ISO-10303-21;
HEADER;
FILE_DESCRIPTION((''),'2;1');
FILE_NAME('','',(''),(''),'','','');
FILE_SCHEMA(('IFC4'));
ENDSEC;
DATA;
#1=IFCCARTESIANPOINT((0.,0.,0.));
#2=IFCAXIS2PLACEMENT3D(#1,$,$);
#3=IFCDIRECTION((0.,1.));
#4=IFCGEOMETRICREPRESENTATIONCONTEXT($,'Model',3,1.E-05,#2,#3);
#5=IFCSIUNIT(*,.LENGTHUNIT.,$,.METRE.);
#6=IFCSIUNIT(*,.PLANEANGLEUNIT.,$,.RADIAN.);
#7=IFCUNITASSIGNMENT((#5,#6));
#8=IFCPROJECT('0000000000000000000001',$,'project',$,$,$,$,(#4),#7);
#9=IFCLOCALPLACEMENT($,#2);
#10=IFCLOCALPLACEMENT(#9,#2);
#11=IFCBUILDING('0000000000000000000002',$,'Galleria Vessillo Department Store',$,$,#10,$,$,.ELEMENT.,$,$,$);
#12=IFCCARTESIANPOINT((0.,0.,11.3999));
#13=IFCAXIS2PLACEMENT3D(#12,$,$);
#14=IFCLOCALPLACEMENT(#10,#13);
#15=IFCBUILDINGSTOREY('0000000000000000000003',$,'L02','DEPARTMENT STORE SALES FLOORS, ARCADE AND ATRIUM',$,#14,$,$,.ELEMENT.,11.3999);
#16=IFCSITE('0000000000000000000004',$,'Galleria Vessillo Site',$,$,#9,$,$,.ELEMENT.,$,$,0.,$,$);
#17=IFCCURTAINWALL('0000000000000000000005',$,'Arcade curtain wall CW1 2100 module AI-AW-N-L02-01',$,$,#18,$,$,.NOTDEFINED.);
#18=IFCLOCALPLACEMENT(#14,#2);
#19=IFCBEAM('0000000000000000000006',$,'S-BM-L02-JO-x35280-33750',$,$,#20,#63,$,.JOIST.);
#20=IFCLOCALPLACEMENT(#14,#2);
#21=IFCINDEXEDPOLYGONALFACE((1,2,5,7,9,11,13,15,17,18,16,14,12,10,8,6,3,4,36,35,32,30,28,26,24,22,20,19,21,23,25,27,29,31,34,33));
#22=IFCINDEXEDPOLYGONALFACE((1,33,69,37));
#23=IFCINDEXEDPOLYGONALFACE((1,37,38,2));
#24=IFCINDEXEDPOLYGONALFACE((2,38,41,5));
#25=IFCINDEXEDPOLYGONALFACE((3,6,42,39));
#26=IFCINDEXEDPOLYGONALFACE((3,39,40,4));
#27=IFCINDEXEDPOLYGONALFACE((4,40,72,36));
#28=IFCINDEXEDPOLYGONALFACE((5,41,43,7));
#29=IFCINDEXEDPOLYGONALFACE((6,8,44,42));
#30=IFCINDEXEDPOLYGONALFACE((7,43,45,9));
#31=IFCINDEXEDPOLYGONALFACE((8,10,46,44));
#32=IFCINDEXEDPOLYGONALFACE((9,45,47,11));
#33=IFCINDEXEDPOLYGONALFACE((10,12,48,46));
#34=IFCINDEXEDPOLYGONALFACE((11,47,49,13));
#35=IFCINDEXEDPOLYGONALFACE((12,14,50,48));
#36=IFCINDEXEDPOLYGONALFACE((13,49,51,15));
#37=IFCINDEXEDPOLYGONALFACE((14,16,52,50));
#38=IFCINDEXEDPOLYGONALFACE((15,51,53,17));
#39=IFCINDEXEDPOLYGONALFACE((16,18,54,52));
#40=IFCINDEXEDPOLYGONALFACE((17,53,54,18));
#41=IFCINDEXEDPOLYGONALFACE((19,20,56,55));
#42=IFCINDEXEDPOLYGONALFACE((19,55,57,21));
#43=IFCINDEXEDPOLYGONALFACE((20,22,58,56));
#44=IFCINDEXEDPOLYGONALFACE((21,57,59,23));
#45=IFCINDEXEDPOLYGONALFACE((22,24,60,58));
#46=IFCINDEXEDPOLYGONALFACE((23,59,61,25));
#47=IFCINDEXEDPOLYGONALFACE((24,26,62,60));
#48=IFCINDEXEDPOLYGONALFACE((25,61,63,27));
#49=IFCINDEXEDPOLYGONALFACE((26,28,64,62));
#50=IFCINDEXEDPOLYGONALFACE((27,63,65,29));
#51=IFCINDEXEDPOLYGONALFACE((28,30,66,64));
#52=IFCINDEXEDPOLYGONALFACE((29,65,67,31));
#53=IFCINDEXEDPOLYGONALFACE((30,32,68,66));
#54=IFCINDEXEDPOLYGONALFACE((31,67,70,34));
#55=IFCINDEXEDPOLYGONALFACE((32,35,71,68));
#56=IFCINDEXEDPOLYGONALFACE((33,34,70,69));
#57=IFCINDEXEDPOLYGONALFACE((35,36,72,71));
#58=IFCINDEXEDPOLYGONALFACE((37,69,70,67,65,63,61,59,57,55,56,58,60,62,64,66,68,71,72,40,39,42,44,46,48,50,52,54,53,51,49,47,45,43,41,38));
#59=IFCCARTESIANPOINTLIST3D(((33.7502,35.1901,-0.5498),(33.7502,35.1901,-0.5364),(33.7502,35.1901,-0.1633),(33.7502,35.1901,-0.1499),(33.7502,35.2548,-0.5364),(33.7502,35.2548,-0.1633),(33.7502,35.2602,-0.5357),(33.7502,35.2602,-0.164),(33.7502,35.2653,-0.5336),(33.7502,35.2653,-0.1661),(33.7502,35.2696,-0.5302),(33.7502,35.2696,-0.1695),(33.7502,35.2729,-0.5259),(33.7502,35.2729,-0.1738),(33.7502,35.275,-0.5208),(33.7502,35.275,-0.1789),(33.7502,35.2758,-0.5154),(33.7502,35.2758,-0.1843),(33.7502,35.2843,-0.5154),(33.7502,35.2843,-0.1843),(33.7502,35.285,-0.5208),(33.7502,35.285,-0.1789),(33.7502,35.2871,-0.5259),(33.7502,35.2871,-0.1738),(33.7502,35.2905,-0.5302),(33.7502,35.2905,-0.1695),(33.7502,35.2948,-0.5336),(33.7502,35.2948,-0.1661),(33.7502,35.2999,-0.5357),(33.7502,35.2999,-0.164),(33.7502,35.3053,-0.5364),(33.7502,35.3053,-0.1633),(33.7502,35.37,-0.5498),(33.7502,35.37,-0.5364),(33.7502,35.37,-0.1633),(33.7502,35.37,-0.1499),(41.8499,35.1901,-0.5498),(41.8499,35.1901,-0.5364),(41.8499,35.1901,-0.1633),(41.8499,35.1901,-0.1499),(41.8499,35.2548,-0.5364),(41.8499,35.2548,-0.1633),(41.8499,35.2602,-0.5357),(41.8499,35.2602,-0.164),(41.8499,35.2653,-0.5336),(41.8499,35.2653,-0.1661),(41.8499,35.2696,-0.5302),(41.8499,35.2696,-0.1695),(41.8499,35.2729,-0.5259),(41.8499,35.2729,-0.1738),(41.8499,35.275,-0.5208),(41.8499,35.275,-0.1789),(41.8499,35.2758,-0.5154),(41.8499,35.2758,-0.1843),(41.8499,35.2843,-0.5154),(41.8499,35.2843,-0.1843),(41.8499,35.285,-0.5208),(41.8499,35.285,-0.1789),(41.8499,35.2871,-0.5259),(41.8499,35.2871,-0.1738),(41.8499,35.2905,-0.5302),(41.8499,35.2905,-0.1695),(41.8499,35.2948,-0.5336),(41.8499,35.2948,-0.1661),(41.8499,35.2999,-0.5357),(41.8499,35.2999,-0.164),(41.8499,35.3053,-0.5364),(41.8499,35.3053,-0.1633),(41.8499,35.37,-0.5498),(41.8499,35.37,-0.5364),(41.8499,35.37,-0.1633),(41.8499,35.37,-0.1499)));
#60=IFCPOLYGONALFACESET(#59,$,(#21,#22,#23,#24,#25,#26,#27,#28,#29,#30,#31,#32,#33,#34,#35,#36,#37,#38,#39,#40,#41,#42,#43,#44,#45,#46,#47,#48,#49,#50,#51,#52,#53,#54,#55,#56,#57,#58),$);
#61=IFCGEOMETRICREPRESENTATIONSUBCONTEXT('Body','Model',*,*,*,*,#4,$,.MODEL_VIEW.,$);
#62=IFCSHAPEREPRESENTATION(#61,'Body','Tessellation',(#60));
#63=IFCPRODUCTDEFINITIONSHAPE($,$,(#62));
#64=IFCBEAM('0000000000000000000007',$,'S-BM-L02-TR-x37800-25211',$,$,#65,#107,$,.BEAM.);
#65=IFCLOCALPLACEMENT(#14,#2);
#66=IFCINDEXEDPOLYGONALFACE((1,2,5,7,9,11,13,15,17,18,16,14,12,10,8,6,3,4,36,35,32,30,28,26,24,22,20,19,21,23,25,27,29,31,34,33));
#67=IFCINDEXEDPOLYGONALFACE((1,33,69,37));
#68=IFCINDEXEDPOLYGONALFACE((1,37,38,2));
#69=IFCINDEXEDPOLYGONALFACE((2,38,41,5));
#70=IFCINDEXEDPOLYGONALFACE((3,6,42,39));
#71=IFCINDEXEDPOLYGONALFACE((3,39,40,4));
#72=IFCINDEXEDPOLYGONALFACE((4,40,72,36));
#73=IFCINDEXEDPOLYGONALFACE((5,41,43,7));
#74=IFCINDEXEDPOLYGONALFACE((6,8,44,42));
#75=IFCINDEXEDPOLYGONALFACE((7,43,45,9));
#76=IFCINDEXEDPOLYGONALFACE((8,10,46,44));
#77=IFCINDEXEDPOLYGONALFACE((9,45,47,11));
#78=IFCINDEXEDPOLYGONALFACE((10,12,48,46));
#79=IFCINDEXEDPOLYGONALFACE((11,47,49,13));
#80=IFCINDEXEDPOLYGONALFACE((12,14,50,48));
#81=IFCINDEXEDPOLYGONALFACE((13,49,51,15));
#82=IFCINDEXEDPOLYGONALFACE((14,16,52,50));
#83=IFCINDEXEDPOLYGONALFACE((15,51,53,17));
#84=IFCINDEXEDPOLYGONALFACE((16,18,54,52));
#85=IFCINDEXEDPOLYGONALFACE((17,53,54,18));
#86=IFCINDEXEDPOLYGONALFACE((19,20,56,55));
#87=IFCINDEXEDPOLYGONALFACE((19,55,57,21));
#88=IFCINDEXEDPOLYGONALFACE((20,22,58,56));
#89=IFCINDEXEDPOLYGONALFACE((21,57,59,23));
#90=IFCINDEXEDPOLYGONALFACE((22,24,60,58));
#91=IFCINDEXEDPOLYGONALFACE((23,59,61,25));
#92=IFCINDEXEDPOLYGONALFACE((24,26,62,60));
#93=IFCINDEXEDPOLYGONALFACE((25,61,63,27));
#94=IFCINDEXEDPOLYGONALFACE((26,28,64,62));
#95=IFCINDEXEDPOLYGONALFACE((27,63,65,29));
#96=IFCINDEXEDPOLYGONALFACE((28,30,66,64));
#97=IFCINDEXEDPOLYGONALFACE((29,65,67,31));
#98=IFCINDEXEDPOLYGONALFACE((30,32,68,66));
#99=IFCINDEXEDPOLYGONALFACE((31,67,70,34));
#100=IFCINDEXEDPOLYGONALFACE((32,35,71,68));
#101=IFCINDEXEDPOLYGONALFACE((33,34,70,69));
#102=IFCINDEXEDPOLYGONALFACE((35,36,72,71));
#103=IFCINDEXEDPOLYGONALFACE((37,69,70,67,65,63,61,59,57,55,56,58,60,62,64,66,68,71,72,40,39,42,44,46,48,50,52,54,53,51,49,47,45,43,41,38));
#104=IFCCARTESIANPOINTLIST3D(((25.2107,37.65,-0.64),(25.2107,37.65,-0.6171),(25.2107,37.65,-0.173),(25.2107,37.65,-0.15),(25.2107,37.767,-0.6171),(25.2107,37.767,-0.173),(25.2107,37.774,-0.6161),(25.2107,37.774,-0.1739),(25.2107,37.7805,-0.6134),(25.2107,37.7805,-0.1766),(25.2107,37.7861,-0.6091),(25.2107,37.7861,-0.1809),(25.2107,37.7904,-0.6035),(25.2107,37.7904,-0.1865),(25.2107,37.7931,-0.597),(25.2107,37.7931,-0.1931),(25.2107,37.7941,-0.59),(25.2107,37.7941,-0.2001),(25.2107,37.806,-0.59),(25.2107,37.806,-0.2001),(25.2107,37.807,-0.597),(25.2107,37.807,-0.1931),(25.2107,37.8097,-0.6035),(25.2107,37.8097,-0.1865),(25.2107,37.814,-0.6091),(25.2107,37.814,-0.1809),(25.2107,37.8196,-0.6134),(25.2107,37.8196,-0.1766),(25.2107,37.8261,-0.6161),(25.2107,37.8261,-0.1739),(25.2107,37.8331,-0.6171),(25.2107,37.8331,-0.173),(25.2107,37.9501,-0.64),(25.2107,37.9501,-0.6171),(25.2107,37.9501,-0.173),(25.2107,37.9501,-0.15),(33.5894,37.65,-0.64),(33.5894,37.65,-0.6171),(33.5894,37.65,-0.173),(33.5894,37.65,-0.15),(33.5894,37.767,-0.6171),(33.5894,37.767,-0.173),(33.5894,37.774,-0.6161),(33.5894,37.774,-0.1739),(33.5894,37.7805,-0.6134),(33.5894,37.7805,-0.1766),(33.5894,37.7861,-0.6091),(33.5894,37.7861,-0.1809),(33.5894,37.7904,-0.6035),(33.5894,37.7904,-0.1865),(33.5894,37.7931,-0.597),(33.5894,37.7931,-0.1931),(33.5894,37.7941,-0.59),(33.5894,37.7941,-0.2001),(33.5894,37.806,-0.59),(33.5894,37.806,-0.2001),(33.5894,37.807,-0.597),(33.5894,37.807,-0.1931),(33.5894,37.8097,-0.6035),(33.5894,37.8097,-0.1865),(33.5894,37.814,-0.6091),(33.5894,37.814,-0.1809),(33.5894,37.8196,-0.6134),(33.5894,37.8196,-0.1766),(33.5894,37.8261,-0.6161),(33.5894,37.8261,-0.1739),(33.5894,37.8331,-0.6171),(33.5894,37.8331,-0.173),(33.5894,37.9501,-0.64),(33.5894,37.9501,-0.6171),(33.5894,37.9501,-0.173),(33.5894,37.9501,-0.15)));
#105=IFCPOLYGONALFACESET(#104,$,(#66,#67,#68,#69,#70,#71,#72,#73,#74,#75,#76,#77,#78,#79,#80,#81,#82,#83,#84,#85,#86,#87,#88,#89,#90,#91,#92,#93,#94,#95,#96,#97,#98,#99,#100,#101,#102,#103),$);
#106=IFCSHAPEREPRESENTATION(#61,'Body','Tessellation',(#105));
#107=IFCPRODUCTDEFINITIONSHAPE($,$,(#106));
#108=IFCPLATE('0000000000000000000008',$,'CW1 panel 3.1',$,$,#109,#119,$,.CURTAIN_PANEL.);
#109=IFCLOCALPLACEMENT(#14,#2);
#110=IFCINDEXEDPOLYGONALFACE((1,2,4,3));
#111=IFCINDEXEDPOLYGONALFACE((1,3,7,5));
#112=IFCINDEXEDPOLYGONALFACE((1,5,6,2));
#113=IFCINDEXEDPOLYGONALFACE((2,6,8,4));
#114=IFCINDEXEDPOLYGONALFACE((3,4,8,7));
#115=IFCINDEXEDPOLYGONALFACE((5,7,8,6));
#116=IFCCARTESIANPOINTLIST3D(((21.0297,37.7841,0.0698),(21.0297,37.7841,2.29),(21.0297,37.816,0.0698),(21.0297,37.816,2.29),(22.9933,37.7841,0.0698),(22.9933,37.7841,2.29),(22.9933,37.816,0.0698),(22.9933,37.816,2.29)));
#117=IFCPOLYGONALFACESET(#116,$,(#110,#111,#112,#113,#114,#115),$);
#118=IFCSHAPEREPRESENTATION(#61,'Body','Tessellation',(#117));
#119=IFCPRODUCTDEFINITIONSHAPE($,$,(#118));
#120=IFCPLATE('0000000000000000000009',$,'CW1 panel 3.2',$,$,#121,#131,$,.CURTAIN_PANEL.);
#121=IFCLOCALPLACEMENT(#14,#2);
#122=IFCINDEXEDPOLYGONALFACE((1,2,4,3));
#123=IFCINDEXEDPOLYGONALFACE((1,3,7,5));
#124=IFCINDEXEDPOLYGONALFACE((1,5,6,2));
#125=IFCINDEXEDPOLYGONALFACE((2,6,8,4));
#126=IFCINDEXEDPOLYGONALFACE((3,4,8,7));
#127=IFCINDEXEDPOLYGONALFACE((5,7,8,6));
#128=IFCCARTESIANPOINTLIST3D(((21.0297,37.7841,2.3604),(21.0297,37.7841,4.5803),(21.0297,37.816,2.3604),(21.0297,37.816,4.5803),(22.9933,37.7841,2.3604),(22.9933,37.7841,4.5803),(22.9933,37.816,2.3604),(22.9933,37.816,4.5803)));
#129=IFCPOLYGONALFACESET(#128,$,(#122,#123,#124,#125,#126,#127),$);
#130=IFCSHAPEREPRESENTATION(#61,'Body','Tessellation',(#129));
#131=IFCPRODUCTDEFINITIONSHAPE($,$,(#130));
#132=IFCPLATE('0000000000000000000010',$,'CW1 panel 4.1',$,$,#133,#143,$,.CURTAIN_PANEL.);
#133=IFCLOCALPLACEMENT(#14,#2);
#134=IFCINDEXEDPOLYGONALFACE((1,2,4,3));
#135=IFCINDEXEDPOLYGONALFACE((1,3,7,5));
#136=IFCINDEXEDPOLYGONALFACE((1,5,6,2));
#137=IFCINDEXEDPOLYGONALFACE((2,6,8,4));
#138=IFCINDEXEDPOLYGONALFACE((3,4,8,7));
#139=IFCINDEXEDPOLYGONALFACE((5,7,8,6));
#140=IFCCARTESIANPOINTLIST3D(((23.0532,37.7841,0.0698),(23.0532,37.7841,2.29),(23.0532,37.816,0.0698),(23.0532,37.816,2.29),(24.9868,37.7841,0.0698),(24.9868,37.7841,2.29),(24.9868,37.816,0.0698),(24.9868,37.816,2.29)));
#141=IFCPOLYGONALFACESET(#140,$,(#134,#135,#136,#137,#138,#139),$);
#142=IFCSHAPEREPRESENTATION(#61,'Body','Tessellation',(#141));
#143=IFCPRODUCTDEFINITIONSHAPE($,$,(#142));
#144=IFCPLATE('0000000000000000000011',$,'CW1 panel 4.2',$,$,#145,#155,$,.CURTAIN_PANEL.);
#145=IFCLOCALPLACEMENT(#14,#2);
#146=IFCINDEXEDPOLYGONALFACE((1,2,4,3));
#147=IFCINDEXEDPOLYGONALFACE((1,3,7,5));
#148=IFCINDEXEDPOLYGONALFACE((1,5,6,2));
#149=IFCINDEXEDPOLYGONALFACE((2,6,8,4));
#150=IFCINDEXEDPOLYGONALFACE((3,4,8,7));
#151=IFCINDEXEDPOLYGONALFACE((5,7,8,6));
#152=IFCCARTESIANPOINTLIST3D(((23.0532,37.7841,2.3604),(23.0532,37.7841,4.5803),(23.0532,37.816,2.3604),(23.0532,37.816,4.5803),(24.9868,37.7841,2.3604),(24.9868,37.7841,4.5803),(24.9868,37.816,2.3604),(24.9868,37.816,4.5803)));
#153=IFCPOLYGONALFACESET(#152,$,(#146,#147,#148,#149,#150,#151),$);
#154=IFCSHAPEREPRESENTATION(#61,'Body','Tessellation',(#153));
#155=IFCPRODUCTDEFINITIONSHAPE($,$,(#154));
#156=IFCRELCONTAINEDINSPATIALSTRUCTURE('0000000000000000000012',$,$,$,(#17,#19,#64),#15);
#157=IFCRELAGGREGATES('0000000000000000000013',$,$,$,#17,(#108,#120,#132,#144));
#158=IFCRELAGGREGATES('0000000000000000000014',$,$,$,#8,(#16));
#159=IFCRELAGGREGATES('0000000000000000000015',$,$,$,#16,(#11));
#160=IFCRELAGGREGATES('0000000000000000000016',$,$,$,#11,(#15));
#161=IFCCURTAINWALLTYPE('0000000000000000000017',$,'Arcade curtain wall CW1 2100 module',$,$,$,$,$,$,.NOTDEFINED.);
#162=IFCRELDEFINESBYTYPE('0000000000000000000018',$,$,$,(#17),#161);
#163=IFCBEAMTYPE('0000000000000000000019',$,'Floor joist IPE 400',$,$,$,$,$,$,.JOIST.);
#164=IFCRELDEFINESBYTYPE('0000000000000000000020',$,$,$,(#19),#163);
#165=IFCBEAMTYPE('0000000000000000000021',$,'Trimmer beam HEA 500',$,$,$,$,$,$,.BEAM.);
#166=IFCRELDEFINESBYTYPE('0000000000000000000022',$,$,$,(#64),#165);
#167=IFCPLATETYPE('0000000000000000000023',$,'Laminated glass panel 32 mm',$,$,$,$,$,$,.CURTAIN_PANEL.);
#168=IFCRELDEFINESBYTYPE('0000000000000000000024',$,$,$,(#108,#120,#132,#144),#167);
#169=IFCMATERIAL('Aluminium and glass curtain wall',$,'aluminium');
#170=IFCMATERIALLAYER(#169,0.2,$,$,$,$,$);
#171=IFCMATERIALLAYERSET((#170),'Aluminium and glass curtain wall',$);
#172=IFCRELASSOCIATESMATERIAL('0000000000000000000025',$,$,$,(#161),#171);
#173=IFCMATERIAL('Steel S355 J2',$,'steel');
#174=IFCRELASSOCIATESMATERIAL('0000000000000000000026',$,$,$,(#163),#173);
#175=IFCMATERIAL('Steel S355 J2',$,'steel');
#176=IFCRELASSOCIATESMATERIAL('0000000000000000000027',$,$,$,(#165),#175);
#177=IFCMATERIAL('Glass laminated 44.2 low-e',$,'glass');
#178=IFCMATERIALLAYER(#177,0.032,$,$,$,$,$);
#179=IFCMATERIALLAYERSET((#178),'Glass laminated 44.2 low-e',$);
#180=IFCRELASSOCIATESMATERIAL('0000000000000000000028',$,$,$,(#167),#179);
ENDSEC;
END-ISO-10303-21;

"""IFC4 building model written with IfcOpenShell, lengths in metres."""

from ifc_helpers import new_model, si_unit, direction, frame, origin, origin_2d, place, context, subcontext, project, spatial, rectangle, i_section, extrude, material, layer, layer_set, material_profile, profile_set, type_object, element, aggregate, save


model = new_model("IFC4")

# Units and contexts
model_context = context("Model", 3, precision=1e-05, world=origin(), true_north=direction((0.0, 1.0)))
body_context = subcontext(model_context, "Body", "Model", "MODEL_VIEW")
ifc_project = project(units=[si_unit("LENGTHUNIT", "METRE"), si_unit("PLANEANGLEUNIT", "RADIAN")], contexts=[model_context])

# Site, building, storey
site_placement = place(None, origin())
site = spatial("IfcSite", under=ifc_project, at=site_placement, Name="Galleria Vessillo Site", CompositionType="ELEMENT", RefElevation=0.0)
building_placement = place(site_placement, origin())
building = spatial("IfcBuilding", under=site, at=building_placement, Name="Galleria Vessillo Department Store", CompositionType="ELEMENT")
storey_placement = place(building_placement, frame((0.0, 0.0, 11.3999)))
storey = spatial("IfcBuildingStorey", under=building, at=storey_placement, Name="L02", Description="DEPARTMENT STORE SALES FLOORS, ARCADE AND ATRIUM", CompositionType="ELEMENT", Elevation=11.3999)

# Curtain wall
ifc_material_1 = material(Name="Aluminium and glass curtain wall", Category="aluminium")
ifc_layer_1 = layer(ifc_material_1, 0.2)
ifc_layer_set_1 = layer_set([ifc_layer_1], Name="Aluminium and glass curtain wall")
curtain_wall_type = type_object("IfcCurtainWallType", Name="Arcade curtain wall CW1 2100 module", PredefinedType="NOTDEFINED", material=ifc_layer_set_1)
curtain_wall_1_placement = place(storey_placement, origin())
curtain_wall_1 = element("IfcCurtainWall", 1, at=curtain_wall_1_placement, inside=storey, type_object=curtain_wall_type, Name="Arcade curtain wall CW1 2100 module AI-AW-N-L02-01", PredefinedType="NOTDEFINED")

# Beams
ifc_material_2 = material(Name="Steel S355 J2", Category="steel")
ifc_material_profile_1 = material_profile(ifc_material_2, i_section(OverallWidth=0.1799, OverallDepth=0.3999, WebThickness=0.0085, FlangeThickness=0.0134, FilletRadius=0.021, at=origin_2d()), Name="IPE 400")
ifc_profile_set_1 = profile_set([ifc_material_profile_1], Name="Steel S355 J2")
beam_type_1 = type_object("IfcBeamType", Name="Floor joist IPE 400", PredefinedType="JOIST", material=ifc_profile_set_1)
for number, where, z_axis, x_axis, name in (
    (2, (33.7502, 35.28, -0.3499), (1.0, 0.0, 0.0), (0.0, 1.0, 0.0), "S-BM-L02-JO-x35280-33750"),
):
    element("IfcBeam", number, at=place(storey_placement, frame(where, z_axis=z_axis, x_axis=x_axis)), inside=storey, type_object=beam_type_1, Name=name, PredefinedType="JOIST", context=body_context, shape_type="SweptSolid", body=[
        extrude(i_section(OverallWidth=0.1799, OverallDepth=0.3999, WebThickness=0.0085, FlangeThickness=0.0134, FilletRadius=0.021, at=origin_2d()), origin(), (0.0, 0.0, 1.0), 8.0996),
    ])
ifc_material_3 = material(Name="Steel S355 J2", Category="steel")
ifc_material_profile_2 = material_profile(ifc_material_3, i_section(OverallWidth=0.3, OverallDepth=0.49, WebThickness=0.012, FlangeThickness=0.0229, FilletRadius=0.0271, at=origin_2d()), Name="HEA 500")
ifc_profile_set_2 = profile_set([ifc_material_profile_2], Name="Steel S355 J2")
beam_type_2 = type_object("IfcBeamType", Name="Trimmer beam HEA 500", PredefinedType="BEAM", material=ifc_profile_set_2)
beam_1_placement = place(storey_placement, frame((25.2107, 37.8, -0.395), z_axis=(1.0, 0.0, 0.0), x_axis=(0.0, 1.0, 0.0)))
element("IfcBeam", 3, at=beam_1_placement, inside=storey, type_object=beam_type_2, Name="S-BM-L02-TR-x37800-25211", PredefinedType="BEAM", context=body_context, shape_type="SweptSolid", body=[
    extrude(i_section(OverallWidth=0.3, OverallDepth=0.49, WebThickness=0.012, FlangeThickness=0.0229, FilletRadius=0.0271, at=origin_2d()), origin(), (0.0, 0.0, 1.0), 8.3787),
])

# Plates
ifc_material_4 = material(Name="Glass laminated 44.2 low-e", Category="glass")
ifc_layer_2 = layer(ifc_material_4, 0.032)
ifc_layer_set_2 = layer_set([ifc_layer_2], Name="Glass laminated 44.2 low-e")
plate_type = type_object("IfcPlateType", Name="Laminated glass panel 32 mm", PredefinedType="CURTAIN_PANEL", material=ifc_layer_set_2)
plate_1_placement = place(storey_placement, frame((22.0115, 37.8, 0.0698), z_axis=(0.0, 0.0, 1.0), x_axis=(1.0, 0.0, 0.0)))
plate_1 = element("IfcPlate", 4, at=plate_1_placement, type_object=plate_type, Name="CW1 panel 3.1", PredefinedType="CURTAIN_PANEL", context=body_context, shape_type="SweptSolid", body=[
    extrude(rectangle(XDim=1.9636, YDim=0.032, at=origin_2d()), origin(), (0.0, 0.0, 1.0), 2.2202),
])
plate_2_placement = place(storey_placement, frame((22.0115, 37.8, 2.3604), z_axis=(0.0, 0.0, 1.0), x_axis=(1.0, 0.0, 0.0)))
plate_2 = element("IfcPlate", 5, at=plate_2_placement, type_object=plate_type, Name="CW1 panel 3.2", PredefinedType="CURTAIN_PANEL", context=body_context, shape_type="SweptSolid", body=[
    extrude(rectangle(XDim=1.9636, YDim=0.032, at=origin_2d()), origin(), (0.0, 0.0, 1.0), 2.22),
])
plate_3_placement = place(storey_placement, frame((24.02, 37.8, 0.0698), z_axis=(0.0, 0.0, 1.0), x_axis=(1.0, 0.0, 0.0)))
plate_3 = element("IfcPlate", 6, at=plate_3_placement, type_object=plate_type, Name="CW1 panel 4.1", PredefinedType="CURTAIN_PANEL", context=body_context, shape_type="SweptSolid", body=[
    extrude(rectangle(XDim=1.9336, YDim=0.032, at=origin_2d()), origin(), (0.0, 0.0, 1.0), 2.2202),
])
plate_4_placement = place(storey_placement, frame((24.02, 37.8, 2.3604), z_axis=(0.0, 0.0, 1.0), x_axis=(1.0, 0.0, 0.0)))
plate_4 = element("IfcPlate", 7, at=plate_4_placement, type_object=plate_type, Name="CW1 panel 4.2", PredefinedType="CURTAIN_PANEL", context=body_context, shape_type="SweptSolid", body=[
    extrude(rectangle(XDim=1.9336, YDim=0.032, at=origin_2d()), origin(), (0.0, 0.0, 1.0), 2.22),
])
aggregate(curtain_wall_1, [plate_1, plate_2, plate_3, plate_4])

save(model, "model.ifc")
